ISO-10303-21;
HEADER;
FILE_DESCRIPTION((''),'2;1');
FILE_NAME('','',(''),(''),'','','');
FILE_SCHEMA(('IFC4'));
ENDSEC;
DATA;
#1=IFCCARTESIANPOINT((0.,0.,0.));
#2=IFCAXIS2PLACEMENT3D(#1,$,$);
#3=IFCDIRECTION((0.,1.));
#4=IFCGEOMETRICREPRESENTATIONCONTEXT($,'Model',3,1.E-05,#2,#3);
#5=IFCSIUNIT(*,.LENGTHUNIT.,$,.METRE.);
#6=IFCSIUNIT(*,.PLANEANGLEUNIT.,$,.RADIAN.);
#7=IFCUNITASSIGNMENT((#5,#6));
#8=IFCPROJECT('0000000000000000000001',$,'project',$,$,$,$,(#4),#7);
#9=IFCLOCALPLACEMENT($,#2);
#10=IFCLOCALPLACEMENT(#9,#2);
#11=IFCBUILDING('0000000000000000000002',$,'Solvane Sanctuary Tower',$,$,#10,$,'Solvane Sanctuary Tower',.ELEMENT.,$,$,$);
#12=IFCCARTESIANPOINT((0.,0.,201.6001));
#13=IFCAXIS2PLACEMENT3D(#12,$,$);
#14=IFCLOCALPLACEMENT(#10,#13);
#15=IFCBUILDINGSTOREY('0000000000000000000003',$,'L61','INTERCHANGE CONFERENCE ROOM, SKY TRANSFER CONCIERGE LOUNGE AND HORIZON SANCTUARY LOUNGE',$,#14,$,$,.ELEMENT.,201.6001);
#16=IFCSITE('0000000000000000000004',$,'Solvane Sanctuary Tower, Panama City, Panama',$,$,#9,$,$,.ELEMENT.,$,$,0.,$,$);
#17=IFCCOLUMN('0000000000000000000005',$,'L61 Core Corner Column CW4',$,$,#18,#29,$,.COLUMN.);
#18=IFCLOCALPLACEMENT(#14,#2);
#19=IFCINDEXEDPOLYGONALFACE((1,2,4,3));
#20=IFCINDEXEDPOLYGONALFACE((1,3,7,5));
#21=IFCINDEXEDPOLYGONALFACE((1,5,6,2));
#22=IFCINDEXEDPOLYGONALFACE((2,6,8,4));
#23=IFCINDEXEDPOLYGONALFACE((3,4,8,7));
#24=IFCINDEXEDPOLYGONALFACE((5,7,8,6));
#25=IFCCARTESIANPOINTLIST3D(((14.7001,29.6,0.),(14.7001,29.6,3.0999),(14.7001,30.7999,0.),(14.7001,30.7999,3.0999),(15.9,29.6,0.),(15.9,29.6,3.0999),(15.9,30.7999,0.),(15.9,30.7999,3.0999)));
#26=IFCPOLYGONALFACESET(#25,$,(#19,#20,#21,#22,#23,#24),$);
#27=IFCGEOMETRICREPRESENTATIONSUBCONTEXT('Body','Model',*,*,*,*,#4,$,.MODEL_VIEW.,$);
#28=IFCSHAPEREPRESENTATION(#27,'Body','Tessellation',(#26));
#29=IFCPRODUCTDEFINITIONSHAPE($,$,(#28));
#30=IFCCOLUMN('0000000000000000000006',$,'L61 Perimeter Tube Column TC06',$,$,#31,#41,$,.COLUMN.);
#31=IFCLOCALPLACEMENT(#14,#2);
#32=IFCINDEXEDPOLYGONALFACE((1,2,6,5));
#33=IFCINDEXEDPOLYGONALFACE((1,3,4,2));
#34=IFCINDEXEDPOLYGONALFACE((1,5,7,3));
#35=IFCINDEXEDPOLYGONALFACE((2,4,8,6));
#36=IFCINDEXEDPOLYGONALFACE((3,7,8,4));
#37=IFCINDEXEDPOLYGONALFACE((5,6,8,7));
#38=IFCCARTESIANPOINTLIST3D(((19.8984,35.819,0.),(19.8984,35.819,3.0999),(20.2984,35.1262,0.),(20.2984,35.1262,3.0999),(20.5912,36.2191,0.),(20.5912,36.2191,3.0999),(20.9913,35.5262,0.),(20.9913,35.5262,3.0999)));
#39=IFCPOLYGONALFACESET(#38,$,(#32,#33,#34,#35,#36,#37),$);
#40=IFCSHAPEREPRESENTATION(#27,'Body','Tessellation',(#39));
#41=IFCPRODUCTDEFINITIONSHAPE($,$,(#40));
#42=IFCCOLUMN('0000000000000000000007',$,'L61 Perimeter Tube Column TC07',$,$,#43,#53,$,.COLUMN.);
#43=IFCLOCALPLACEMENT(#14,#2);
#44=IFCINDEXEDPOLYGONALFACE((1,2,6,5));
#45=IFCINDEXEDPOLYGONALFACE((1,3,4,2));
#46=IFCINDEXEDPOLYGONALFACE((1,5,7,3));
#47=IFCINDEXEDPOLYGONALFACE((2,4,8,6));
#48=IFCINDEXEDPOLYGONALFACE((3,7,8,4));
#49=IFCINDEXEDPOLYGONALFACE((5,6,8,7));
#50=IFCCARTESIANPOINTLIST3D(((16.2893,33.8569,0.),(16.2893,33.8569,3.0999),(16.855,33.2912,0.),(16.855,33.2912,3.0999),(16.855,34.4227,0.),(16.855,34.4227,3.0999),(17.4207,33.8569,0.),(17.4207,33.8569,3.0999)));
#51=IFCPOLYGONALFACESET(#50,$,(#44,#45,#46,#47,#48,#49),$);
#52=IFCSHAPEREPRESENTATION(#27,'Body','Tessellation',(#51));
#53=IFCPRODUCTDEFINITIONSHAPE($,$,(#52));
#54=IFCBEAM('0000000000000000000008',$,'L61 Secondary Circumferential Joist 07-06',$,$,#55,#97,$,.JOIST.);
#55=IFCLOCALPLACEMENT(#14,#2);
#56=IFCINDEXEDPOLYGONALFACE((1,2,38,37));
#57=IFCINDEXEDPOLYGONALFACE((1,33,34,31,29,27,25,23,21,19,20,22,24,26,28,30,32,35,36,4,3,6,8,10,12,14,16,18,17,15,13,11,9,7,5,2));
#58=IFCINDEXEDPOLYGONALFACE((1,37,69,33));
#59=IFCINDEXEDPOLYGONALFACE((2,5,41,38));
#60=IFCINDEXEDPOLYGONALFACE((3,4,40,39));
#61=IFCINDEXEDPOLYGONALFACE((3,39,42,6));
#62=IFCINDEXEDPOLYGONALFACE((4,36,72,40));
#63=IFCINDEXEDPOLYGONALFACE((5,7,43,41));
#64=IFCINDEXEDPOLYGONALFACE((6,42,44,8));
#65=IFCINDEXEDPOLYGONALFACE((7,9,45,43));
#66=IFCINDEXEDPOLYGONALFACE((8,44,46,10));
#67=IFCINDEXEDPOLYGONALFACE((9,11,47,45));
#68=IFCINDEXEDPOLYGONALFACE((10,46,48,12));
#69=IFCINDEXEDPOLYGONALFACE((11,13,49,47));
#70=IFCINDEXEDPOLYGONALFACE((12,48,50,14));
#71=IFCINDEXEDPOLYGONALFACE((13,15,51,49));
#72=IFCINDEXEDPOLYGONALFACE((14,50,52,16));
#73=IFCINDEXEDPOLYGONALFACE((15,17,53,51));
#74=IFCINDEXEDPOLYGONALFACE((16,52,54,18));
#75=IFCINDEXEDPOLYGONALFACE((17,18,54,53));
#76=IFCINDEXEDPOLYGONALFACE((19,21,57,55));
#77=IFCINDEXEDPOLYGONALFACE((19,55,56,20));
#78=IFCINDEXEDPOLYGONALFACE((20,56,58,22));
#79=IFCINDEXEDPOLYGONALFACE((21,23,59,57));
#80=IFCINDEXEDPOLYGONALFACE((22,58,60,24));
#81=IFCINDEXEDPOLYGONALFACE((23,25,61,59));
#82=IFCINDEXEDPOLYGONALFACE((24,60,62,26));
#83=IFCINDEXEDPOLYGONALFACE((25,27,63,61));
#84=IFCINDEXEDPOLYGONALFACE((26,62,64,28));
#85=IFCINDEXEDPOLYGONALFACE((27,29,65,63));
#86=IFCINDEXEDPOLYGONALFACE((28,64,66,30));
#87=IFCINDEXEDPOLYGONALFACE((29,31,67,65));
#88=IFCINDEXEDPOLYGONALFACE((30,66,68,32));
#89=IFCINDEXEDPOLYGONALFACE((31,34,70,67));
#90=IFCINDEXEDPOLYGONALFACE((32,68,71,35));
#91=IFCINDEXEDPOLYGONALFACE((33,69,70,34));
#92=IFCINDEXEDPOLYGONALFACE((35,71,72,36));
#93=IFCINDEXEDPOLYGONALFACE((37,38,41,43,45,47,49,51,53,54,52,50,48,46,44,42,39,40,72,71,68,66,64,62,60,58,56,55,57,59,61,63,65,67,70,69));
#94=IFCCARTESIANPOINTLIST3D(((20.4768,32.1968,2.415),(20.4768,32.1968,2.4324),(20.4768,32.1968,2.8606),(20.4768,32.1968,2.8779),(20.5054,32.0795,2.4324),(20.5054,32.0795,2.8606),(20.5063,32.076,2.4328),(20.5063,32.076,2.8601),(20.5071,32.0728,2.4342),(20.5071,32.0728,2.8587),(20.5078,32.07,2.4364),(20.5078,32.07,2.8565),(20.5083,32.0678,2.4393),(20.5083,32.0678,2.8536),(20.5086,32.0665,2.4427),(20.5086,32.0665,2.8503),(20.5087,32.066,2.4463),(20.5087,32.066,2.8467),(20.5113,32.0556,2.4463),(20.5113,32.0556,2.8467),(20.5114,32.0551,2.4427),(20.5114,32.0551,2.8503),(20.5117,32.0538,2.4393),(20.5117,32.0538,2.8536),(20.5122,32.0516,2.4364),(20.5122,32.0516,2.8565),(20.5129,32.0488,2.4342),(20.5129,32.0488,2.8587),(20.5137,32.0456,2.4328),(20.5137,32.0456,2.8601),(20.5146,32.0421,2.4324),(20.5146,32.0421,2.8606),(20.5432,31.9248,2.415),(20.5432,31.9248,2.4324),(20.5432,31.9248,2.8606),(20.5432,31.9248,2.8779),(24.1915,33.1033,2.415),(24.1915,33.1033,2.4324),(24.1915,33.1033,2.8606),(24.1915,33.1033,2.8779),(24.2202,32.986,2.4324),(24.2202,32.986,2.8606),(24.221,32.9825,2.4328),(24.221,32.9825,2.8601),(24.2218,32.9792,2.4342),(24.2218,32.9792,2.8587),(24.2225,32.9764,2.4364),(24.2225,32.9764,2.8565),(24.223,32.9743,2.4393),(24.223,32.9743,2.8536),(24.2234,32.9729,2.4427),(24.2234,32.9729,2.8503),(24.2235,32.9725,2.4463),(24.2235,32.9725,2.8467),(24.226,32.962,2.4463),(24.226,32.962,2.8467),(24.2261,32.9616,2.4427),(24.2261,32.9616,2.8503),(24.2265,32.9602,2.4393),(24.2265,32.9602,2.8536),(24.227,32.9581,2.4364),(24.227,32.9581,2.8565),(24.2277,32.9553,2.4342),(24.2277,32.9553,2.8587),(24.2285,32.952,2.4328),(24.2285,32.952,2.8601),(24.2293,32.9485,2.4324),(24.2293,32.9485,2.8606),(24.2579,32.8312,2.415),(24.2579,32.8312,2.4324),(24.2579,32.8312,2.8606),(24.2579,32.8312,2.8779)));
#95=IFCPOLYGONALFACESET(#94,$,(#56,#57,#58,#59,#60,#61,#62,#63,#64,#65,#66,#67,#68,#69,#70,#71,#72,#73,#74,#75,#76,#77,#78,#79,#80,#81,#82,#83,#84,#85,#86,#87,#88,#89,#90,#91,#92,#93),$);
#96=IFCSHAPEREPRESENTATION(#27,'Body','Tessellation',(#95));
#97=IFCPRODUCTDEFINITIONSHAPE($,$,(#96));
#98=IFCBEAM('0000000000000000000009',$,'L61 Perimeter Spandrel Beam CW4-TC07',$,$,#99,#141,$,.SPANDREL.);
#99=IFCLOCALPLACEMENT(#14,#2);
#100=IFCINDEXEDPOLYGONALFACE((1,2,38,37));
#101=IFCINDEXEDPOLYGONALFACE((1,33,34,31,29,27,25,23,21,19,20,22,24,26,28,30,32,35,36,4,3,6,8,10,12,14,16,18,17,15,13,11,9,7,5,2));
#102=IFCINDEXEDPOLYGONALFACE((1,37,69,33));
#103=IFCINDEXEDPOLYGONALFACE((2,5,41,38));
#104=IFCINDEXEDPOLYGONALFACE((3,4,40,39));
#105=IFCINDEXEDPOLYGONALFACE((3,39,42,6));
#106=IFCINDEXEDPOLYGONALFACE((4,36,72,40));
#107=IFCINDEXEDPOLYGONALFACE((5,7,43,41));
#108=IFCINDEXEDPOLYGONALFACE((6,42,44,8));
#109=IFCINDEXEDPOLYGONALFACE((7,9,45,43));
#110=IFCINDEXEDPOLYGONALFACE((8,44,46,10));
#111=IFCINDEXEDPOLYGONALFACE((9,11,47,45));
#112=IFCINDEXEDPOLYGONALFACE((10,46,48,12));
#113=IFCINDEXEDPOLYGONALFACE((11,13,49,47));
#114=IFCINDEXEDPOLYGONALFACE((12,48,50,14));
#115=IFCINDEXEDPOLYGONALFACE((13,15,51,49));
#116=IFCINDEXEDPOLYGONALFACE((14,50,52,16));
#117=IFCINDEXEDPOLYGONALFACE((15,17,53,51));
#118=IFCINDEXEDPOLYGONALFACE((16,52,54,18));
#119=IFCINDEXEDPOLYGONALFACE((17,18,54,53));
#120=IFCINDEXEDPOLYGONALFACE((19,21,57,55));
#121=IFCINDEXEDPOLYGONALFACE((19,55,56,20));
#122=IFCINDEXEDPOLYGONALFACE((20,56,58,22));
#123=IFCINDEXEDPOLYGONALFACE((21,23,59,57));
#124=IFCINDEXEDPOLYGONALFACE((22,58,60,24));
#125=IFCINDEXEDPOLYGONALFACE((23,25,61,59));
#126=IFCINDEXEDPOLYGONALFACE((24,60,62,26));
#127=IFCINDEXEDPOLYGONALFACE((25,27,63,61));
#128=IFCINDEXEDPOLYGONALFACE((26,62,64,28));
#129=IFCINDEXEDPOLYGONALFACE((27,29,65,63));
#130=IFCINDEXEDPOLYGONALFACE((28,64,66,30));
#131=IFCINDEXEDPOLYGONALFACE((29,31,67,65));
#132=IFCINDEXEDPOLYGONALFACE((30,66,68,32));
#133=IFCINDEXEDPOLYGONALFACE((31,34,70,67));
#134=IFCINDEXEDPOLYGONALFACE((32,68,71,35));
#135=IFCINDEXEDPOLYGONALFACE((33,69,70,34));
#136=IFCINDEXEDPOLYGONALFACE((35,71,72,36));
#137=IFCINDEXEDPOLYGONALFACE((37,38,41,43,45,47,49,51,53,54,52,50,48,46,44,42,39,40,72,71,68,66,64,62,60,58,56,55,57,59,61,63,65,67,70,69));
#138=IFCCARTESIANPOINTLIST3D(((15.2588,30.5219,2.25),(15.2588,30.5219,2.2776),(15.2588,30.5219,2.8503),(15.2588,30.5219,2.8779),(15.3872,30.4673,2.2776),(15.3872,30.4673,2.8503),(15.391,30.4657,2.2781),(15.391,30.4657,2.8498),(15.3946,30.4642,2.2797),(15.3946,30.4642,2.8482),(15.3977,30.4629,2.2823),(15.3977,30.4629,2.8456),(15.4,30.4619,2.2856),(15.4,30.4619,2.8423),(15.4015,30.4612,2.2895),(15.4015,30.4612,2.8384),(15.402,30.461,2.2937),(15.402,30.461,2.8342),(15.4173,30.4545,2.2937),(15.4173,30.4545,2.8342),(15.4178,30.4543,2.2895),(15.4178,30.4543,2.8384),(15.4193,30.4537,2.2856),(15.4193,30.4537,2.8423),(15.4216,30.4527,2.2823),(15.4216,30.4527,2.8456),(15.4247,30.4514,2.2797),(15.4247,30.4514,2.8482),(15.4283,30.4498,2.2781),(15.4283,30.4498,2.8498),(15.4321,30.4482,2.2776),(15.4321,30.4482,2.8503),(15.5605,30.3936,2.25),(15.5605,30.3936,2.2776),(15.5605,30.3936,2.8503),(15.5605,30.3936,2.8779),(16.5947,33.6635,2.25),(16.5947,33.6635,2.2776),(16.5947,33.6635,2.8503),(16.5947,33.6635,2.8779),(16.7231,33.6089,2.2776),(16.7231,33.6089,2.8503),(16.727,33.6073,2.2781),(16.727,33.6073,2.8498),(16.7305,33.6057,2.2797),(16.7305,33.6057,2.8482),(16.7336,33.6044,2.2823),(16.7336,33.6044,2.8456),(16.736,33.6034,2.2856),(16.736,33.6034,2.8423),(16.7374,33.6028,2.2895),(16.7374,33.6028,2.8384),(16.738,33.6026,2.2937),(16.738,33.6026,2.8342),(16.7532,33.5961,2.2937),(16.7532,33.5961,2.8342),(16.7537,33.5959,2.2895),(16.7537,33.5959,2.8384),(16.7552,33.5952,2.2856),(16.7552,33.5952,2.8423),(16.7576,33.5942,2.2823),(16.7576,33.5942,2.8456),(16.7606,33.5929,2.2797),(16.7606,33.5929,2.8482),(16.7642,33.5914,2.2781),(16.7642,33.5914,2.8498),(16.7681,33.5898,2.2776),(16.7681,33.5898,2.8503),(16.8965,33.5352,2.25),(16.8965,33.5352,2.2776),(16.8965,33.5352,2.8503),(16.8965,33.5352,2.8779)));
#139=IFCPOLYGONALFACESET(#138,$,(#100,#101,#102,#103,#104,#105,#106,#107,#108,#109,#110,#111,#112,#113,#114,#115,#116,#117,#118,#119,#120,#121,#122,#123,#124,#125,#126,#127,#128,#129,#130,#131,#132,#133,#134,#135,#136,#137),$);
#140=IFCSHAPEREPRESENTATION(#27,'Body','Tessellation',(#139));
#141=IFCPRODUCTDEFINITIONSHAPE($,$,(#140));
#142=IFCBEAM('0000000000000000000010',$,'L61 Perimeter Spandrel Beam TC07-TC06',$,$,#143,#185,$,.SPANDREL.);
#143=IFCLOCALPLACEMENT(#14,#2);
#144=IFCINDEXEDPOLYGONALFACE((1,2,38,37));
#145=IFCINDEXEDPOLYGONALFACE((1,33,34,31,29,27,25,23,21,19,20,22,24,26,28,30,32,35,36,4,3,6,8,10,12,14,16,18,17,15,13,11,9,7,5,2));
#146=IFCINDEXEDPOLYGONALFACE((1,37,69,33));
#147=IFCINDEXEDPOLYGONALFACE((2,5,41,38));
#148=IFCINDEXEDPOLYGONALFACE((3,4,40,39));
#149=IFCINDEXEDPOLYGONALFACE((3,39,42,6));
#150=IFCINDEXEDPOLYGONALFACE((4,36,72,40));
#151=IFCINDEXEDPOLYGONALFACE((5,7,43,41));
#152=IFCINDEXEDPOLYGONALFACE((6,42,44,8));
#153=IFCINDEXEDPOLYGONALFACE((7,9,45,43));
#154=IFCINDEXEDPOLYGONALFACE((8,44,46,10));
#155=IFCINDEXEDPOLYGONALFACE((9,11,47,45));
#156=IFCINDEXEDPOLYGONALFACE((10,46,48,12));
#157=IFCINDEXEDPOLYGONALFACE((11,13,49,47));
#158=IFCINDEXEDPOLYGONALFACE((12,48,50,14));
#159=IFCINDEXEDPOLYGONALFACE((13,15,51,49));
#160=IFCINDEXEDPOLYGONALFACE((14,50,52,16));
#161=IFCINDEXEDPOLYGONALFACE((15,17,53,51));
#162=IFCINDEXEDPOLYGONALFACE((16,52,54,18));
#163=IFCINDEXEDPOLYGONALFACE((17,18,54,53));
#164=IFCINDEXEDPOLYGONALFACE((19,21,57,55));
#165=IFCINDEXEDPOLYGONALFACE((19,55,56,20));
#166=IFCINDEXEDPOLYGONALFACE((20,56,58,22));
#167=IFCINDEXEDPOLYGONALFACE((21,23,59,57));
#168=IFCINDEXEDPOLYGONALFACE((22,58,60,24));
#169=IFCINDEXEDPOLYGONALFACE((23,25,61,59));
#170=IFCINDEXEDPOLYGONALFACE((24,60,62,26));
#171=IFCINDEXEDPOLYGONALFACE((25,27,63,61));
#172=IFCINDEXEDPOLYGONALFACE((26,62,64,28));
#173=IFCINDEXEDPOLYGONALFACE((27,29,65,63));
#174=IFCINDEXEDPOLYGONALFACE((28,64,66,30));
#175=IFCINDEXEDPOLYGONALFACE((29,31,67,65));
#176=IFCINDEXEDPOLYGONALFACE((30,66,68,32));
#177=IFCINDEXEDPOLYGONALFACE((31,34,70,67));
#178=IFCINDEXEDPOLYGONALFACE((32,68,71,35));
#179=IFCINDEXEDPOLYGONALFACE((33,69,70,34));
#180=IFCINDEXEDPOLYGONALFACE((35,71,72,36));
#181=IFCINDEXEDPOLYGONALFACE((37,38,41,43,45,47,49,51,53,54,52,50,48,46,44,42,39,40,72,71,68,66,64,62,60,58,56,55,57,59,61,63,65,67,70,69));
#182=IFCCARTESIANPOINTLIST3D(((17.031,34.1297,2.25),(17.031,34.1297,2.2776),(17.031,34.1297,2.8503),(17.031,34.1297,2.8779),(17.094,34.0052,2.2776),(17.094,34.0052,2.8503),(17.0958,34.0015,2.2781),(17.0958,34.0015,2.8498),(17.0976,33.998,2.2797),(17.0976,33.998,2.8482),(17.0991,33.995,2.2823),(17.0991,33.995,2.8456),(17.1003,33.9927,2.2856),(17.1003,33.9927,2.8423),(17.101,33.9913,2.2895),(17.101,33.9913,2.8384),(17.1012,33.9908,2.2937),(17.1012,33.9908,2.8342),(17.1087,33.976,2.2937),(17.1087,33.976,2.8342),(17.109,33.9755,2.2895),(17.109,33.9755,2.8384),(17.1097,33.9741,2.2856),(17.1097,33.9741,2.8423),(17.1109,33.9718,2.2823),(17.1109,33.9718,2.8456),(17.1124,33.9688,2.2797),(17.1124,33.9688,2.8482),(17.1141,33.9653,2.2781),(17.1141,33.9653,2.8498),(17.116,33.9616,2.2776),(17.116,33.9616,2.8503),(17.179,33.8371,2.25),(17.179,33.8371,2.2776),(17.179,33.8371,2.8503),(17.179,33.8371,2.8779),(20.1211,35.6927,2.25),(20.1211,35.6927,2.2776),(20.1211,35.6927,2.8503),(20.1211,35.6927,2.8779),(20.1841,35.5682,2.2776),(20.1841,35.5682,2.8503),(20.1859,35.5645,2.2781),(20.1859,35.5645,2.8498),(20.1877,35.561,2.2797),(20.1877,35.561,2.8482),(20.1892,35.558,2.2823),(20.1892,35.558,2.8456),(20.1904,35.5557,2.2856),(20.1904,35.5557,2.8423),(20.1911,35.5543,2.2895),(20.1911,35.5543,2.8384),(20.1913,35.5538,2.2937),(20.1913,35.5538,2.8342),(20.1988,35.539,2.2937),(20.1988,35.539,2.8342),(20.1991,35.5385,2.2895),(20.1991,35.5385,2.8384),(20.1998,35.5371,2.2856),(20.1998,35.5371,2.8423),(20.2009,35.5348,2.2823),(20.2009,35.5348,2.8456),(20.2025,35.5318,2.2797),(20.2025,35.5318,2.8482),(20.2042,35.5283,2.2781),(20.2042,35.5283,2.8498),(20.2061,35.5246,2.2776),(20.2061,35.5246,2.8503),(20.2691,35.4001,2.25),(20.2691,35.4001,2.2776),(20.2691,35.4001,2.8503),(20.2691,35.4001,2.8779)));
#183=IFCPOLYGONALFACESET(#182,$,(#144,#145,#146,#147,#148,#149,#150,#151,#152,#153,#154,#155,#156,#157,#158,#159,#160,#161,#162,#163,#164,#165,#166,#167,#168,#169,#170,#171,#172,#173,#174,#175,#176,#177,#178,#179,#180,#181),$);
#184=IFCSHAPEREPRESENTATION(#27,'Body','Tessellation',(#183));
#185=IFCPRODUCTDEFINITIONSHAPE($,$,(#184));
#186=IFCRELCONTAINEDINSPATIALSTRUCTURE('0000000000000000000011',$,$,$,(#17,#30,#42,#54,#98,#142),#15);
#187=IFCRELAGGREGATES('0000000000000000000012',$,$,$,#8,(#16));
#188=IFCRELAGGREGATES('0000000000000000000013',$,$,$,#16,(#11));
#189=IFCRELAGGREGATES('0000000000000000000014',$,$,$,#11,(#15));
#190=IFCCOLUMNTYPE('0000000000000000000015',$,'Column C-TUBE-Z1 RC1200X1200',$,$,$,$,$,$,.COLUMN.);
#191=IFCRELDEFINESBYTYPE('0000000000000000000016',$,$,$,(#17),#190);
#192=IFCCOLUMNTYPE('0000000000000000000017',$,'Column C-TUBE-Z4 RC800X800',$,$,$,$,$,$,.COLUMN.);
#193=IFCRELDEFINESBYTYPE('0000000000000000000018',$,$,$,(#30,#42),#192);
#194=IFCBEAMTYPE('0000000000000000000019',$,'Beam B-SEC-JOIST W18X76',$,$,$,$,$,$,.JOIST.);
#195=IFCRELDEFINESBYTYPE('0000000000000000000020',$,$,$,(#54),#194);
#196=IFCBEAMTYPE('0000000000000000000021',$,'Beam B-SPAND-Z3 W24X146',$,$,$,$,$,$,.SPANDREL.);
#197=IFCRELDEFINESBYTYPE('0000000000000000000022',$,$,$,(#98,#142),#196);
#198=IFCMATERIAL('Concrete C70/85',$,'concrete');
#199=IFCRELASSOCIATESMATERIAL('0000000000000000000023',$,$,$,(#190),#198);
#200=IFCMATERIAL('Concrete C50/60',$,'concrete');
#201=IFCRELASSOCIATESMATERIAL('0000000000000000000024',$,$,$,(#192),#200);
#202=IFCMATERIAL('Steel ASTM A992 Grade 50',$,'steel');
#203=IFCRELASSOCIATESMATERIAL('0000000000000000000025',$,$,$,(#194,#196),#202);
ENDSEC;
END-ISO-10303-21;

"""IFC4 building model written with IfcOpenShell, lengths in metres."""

from ifc_helpers import new_model, si_unit, direction, frame, origin, origin_2d, place, context, subcontext, project, spatial, rectangle, i_section, extrude, material, material_profile, profile_set, type_object, element, save


model = new_model("IFC4")

# Units and contexts
model_context = context("Model", 3, precision=1e-05, world=origin(), true_north=direction((0.0, 1.0)))
body_context = subcontext(model_context, "Body", "Model", "MODEL_VIEW")
ifc_project = project(units=[si_unit("LENGTHUNIT", "METRE"), si_unit("PLANEANGLEUNIT", "RADIAN")], contexts=[model_context])

# Site, building, storey
site_placement = place(None, origin())
site = spatial("IfcSite", under=ifc_project, at=site_placement, Name="Solvane Sanctuary Tower, Panama City, Panama", CompositionType="ELEMENT", RefElevation=0.0)
building_placement = place(site_placement, origin())
building = spatial("IfcBuilding", under=site, at=building_placement, Name="Solvane Sanctuary Tower", LongName="Solvane Sanctuary Tower", CompositionType="ELEMENT")
storey_placement = place(building_placement, frame((0.0, 0.0, 201.6001)))
storey = spatial("IfcBuildingStorey", under=building, at=storey_placement, Name="L61", Description="INTERCHANGE CONFERENCE ROOM, SKY TRANSFER CONCIERGE LOUNGE AND HORIZON SANCTUARY LOUNGE", CompositionType="ELEMENT", Elevation=201.6001)

# Columns
ifc_material_1 = material(Name="Concrete C70/85", Category="concrete")
ifc_material_profile_1 = material_profile(ifc_material_1, rectangle(XDim=1.2, YDim=1.2, at=origin_2d()), Name="RC1200X1200")
ifc_profile_set_1 = profile_set([ifc_material_profile_1], Name="Concrete C70/85")
column_type_1 = type_object("IfcColumnType", Name="Column C-TUBE-Z1 RC1200X1200", PredefinedType="COLUMN", material=ifc_profile_set_1)
column_placement = place(storey_placement, frame((15.3, 30.2, 0.0), z_axis=(0.0, 0.0, 1.0), x_axis=(1.0, 0.0, 0.0)))
element("IfcColumn", 1, at=column_placement, inside=storey, type_object=column_type_1, Name="L61 Core Corner Column CW4", PredefinedType="COLUMN", context=body_context, shape_type="SweptSolid", body=[
    extrude(rectangle(XDim=1.2, YDim=1.2, at=origin_2d()), origin(), (0.0, 0.0, 1.0), 3.0999),
])
ifc_material_2 = material(Name="Concrete C50/60", Category="concrete")
ifc_material_profile_2 = material_profile(ifc_material_2, rectangle(XDim=0.8, YDim=0.8, at=origin_2d()), Name="RC800X800")
ifc_profile_set_2 = profile_set([ifc_material_profile_2], Name="Concrete C50/60")
column_type_2 = type_object("IfcColumnType", Name="Column C-TUBE-Z4 RC800X800", PredefinedType="COLUMN", material=ifc_profile_set_2)
for number, where, z_axis, x_axis, name in (
    (2, (20.4448, 35.6726, 0.0), (0.0, 0.0, 1.0), (-0.5, 0.866025, 0.0), "L61 Perimeter Tube Column TC06"),
    (3, (16.855, 33.8569, 0.0), (0.0, 0.0, 1.0), (-0.707107, 0.707107, 0.0), "L61 Perimeter Tube Column TC07"),
):
    element("IfcColumn", number, at=place(storey_placement, frame(where, z_axis=z_axis, x_axis=x_axis)), inside=storey, type_object=column_type_2, Name=name, PredefinedType="COLUMN", context=body_context, shape_type="SweptSolid", body=[
        extrude(rectangle(XDim=0.8, YDim=0.8, at=origin_2d()), origin(), (0.0, 0.0, 1.0), 3.0999),
    ])

# Beams
ifc_material_3 = material(Name="Steel ASTM A992 Grade 50", Category="steel")
ifc_material_profile_3 = material_profile(ifc_material_3, i_section(OverallWidth=0.28, OverallDepth=0.4629, WebThickness=0.0107, FlangeThickness=0.0173, FilletRadius=0.0139, at=origin_2d()), Name="W18X76")
ifc_profile_set_3 = profile_set([ifc_material_profile_3], Name="Steel ASTM A992 Grade 50")
beam_type_1 = type_object("IfcBeamType", Name="Beam B-SEC-JOIST W18X76", PredefinedType="JOIST", material=ifc_profile_set_3)
beam_1_placement = place(storey_placement, frame((20.51, 32.0608, 2.6465), z_axis=(0.971494, 0.237063, 0.0), x_axis=(-0.237063, 0.971494, 0.0)))
element("IfcBeam", 4, at=beam_1_placement, inside=storey, type_object=beam_type_1, Name="L61 Secondary Circumferential Joist 07-06", PredefinedType="JOIST", context=body_context, shape_type="SweptSolid", body=[
    extrude(i_section(OverallWidth=0.28, OverallDepth=0.4629, WebThickness=0.0107, FlangeThickness=0.0173, FilletRadius=0.0139, at=origin_2d()), origin(), (0.0, 0.0, 1.0), 3.8237),
])
ifc_material_profile_4 = material_profile(ifc_material_3, i_section(OverallWidth=0.3279, OverallDepth=0.6279, WebThickness=0.0166, FlangeThickness=0.0276, FilletRadius=0.0161, at=origin_2d()), Name="W24X146")
ifc_profile_set_4 = profile_set([ifc_material_profile_4], Name="Steel ASTM A992 Grade 50")
beam_type_2 = type_object("IfcBeamType", Name="Beam B-SPAND-Z3 W24X146", PredefinedType="SPANDREL", material=ifc_profile_set_4)
beam_2_placement = place(storey_placement, frame((15.4097, 30.4578, 2.564), z_axis=(0.391328, 0.920251, 0.0), x_axis=(-0.920251, 0.391328, 0.0)))
element("IfcBeam", 5, at=beam_2_placement, inside=storey, type_object=beam_type_2, Name="L61 Perimeter Spandrel Beam CW4-TC07", PredefinedType="SPANDREL", context=body_context, shape_type="SweptSolid", body=[
    extrude(i_section(OverallWidth=0.3279, OverallDepth=0.6279, WebThickness=0.0166, FlangeThickness=0.0276, FilletRadius=0.0161, at=origin_2d()), origin(), (0.0, 0.0, 1.0), 3.4138),
])
beam_3_placement = place(storey_placement, frame((17.105, 33.9834, 2.564), z_axis=(0.892345, 0.451354, 0.0), x_axis=(-0.451354, 0.892345, 0.0)))
element("IfcBeam", 6, at=beam_3_placement, inside=storey, type_object=beam_type_2, Name="L61 Perimeter Spandrel Beam TC07-TC06", PredefinedType="SPANDREL", context=body_context, shape_type="SweptSolid", body=[
    extrude(i_section(OverallWidth=0.3279, OverallDepth=0.6279, WebThickness=0.0166, FlangeThickness=0.0276, FilletRadius=0.0161, at=origin_2d()), origin(), (0.0, 0.0, 1.0), 3.4629),
])

save(model, "model.ifc")
